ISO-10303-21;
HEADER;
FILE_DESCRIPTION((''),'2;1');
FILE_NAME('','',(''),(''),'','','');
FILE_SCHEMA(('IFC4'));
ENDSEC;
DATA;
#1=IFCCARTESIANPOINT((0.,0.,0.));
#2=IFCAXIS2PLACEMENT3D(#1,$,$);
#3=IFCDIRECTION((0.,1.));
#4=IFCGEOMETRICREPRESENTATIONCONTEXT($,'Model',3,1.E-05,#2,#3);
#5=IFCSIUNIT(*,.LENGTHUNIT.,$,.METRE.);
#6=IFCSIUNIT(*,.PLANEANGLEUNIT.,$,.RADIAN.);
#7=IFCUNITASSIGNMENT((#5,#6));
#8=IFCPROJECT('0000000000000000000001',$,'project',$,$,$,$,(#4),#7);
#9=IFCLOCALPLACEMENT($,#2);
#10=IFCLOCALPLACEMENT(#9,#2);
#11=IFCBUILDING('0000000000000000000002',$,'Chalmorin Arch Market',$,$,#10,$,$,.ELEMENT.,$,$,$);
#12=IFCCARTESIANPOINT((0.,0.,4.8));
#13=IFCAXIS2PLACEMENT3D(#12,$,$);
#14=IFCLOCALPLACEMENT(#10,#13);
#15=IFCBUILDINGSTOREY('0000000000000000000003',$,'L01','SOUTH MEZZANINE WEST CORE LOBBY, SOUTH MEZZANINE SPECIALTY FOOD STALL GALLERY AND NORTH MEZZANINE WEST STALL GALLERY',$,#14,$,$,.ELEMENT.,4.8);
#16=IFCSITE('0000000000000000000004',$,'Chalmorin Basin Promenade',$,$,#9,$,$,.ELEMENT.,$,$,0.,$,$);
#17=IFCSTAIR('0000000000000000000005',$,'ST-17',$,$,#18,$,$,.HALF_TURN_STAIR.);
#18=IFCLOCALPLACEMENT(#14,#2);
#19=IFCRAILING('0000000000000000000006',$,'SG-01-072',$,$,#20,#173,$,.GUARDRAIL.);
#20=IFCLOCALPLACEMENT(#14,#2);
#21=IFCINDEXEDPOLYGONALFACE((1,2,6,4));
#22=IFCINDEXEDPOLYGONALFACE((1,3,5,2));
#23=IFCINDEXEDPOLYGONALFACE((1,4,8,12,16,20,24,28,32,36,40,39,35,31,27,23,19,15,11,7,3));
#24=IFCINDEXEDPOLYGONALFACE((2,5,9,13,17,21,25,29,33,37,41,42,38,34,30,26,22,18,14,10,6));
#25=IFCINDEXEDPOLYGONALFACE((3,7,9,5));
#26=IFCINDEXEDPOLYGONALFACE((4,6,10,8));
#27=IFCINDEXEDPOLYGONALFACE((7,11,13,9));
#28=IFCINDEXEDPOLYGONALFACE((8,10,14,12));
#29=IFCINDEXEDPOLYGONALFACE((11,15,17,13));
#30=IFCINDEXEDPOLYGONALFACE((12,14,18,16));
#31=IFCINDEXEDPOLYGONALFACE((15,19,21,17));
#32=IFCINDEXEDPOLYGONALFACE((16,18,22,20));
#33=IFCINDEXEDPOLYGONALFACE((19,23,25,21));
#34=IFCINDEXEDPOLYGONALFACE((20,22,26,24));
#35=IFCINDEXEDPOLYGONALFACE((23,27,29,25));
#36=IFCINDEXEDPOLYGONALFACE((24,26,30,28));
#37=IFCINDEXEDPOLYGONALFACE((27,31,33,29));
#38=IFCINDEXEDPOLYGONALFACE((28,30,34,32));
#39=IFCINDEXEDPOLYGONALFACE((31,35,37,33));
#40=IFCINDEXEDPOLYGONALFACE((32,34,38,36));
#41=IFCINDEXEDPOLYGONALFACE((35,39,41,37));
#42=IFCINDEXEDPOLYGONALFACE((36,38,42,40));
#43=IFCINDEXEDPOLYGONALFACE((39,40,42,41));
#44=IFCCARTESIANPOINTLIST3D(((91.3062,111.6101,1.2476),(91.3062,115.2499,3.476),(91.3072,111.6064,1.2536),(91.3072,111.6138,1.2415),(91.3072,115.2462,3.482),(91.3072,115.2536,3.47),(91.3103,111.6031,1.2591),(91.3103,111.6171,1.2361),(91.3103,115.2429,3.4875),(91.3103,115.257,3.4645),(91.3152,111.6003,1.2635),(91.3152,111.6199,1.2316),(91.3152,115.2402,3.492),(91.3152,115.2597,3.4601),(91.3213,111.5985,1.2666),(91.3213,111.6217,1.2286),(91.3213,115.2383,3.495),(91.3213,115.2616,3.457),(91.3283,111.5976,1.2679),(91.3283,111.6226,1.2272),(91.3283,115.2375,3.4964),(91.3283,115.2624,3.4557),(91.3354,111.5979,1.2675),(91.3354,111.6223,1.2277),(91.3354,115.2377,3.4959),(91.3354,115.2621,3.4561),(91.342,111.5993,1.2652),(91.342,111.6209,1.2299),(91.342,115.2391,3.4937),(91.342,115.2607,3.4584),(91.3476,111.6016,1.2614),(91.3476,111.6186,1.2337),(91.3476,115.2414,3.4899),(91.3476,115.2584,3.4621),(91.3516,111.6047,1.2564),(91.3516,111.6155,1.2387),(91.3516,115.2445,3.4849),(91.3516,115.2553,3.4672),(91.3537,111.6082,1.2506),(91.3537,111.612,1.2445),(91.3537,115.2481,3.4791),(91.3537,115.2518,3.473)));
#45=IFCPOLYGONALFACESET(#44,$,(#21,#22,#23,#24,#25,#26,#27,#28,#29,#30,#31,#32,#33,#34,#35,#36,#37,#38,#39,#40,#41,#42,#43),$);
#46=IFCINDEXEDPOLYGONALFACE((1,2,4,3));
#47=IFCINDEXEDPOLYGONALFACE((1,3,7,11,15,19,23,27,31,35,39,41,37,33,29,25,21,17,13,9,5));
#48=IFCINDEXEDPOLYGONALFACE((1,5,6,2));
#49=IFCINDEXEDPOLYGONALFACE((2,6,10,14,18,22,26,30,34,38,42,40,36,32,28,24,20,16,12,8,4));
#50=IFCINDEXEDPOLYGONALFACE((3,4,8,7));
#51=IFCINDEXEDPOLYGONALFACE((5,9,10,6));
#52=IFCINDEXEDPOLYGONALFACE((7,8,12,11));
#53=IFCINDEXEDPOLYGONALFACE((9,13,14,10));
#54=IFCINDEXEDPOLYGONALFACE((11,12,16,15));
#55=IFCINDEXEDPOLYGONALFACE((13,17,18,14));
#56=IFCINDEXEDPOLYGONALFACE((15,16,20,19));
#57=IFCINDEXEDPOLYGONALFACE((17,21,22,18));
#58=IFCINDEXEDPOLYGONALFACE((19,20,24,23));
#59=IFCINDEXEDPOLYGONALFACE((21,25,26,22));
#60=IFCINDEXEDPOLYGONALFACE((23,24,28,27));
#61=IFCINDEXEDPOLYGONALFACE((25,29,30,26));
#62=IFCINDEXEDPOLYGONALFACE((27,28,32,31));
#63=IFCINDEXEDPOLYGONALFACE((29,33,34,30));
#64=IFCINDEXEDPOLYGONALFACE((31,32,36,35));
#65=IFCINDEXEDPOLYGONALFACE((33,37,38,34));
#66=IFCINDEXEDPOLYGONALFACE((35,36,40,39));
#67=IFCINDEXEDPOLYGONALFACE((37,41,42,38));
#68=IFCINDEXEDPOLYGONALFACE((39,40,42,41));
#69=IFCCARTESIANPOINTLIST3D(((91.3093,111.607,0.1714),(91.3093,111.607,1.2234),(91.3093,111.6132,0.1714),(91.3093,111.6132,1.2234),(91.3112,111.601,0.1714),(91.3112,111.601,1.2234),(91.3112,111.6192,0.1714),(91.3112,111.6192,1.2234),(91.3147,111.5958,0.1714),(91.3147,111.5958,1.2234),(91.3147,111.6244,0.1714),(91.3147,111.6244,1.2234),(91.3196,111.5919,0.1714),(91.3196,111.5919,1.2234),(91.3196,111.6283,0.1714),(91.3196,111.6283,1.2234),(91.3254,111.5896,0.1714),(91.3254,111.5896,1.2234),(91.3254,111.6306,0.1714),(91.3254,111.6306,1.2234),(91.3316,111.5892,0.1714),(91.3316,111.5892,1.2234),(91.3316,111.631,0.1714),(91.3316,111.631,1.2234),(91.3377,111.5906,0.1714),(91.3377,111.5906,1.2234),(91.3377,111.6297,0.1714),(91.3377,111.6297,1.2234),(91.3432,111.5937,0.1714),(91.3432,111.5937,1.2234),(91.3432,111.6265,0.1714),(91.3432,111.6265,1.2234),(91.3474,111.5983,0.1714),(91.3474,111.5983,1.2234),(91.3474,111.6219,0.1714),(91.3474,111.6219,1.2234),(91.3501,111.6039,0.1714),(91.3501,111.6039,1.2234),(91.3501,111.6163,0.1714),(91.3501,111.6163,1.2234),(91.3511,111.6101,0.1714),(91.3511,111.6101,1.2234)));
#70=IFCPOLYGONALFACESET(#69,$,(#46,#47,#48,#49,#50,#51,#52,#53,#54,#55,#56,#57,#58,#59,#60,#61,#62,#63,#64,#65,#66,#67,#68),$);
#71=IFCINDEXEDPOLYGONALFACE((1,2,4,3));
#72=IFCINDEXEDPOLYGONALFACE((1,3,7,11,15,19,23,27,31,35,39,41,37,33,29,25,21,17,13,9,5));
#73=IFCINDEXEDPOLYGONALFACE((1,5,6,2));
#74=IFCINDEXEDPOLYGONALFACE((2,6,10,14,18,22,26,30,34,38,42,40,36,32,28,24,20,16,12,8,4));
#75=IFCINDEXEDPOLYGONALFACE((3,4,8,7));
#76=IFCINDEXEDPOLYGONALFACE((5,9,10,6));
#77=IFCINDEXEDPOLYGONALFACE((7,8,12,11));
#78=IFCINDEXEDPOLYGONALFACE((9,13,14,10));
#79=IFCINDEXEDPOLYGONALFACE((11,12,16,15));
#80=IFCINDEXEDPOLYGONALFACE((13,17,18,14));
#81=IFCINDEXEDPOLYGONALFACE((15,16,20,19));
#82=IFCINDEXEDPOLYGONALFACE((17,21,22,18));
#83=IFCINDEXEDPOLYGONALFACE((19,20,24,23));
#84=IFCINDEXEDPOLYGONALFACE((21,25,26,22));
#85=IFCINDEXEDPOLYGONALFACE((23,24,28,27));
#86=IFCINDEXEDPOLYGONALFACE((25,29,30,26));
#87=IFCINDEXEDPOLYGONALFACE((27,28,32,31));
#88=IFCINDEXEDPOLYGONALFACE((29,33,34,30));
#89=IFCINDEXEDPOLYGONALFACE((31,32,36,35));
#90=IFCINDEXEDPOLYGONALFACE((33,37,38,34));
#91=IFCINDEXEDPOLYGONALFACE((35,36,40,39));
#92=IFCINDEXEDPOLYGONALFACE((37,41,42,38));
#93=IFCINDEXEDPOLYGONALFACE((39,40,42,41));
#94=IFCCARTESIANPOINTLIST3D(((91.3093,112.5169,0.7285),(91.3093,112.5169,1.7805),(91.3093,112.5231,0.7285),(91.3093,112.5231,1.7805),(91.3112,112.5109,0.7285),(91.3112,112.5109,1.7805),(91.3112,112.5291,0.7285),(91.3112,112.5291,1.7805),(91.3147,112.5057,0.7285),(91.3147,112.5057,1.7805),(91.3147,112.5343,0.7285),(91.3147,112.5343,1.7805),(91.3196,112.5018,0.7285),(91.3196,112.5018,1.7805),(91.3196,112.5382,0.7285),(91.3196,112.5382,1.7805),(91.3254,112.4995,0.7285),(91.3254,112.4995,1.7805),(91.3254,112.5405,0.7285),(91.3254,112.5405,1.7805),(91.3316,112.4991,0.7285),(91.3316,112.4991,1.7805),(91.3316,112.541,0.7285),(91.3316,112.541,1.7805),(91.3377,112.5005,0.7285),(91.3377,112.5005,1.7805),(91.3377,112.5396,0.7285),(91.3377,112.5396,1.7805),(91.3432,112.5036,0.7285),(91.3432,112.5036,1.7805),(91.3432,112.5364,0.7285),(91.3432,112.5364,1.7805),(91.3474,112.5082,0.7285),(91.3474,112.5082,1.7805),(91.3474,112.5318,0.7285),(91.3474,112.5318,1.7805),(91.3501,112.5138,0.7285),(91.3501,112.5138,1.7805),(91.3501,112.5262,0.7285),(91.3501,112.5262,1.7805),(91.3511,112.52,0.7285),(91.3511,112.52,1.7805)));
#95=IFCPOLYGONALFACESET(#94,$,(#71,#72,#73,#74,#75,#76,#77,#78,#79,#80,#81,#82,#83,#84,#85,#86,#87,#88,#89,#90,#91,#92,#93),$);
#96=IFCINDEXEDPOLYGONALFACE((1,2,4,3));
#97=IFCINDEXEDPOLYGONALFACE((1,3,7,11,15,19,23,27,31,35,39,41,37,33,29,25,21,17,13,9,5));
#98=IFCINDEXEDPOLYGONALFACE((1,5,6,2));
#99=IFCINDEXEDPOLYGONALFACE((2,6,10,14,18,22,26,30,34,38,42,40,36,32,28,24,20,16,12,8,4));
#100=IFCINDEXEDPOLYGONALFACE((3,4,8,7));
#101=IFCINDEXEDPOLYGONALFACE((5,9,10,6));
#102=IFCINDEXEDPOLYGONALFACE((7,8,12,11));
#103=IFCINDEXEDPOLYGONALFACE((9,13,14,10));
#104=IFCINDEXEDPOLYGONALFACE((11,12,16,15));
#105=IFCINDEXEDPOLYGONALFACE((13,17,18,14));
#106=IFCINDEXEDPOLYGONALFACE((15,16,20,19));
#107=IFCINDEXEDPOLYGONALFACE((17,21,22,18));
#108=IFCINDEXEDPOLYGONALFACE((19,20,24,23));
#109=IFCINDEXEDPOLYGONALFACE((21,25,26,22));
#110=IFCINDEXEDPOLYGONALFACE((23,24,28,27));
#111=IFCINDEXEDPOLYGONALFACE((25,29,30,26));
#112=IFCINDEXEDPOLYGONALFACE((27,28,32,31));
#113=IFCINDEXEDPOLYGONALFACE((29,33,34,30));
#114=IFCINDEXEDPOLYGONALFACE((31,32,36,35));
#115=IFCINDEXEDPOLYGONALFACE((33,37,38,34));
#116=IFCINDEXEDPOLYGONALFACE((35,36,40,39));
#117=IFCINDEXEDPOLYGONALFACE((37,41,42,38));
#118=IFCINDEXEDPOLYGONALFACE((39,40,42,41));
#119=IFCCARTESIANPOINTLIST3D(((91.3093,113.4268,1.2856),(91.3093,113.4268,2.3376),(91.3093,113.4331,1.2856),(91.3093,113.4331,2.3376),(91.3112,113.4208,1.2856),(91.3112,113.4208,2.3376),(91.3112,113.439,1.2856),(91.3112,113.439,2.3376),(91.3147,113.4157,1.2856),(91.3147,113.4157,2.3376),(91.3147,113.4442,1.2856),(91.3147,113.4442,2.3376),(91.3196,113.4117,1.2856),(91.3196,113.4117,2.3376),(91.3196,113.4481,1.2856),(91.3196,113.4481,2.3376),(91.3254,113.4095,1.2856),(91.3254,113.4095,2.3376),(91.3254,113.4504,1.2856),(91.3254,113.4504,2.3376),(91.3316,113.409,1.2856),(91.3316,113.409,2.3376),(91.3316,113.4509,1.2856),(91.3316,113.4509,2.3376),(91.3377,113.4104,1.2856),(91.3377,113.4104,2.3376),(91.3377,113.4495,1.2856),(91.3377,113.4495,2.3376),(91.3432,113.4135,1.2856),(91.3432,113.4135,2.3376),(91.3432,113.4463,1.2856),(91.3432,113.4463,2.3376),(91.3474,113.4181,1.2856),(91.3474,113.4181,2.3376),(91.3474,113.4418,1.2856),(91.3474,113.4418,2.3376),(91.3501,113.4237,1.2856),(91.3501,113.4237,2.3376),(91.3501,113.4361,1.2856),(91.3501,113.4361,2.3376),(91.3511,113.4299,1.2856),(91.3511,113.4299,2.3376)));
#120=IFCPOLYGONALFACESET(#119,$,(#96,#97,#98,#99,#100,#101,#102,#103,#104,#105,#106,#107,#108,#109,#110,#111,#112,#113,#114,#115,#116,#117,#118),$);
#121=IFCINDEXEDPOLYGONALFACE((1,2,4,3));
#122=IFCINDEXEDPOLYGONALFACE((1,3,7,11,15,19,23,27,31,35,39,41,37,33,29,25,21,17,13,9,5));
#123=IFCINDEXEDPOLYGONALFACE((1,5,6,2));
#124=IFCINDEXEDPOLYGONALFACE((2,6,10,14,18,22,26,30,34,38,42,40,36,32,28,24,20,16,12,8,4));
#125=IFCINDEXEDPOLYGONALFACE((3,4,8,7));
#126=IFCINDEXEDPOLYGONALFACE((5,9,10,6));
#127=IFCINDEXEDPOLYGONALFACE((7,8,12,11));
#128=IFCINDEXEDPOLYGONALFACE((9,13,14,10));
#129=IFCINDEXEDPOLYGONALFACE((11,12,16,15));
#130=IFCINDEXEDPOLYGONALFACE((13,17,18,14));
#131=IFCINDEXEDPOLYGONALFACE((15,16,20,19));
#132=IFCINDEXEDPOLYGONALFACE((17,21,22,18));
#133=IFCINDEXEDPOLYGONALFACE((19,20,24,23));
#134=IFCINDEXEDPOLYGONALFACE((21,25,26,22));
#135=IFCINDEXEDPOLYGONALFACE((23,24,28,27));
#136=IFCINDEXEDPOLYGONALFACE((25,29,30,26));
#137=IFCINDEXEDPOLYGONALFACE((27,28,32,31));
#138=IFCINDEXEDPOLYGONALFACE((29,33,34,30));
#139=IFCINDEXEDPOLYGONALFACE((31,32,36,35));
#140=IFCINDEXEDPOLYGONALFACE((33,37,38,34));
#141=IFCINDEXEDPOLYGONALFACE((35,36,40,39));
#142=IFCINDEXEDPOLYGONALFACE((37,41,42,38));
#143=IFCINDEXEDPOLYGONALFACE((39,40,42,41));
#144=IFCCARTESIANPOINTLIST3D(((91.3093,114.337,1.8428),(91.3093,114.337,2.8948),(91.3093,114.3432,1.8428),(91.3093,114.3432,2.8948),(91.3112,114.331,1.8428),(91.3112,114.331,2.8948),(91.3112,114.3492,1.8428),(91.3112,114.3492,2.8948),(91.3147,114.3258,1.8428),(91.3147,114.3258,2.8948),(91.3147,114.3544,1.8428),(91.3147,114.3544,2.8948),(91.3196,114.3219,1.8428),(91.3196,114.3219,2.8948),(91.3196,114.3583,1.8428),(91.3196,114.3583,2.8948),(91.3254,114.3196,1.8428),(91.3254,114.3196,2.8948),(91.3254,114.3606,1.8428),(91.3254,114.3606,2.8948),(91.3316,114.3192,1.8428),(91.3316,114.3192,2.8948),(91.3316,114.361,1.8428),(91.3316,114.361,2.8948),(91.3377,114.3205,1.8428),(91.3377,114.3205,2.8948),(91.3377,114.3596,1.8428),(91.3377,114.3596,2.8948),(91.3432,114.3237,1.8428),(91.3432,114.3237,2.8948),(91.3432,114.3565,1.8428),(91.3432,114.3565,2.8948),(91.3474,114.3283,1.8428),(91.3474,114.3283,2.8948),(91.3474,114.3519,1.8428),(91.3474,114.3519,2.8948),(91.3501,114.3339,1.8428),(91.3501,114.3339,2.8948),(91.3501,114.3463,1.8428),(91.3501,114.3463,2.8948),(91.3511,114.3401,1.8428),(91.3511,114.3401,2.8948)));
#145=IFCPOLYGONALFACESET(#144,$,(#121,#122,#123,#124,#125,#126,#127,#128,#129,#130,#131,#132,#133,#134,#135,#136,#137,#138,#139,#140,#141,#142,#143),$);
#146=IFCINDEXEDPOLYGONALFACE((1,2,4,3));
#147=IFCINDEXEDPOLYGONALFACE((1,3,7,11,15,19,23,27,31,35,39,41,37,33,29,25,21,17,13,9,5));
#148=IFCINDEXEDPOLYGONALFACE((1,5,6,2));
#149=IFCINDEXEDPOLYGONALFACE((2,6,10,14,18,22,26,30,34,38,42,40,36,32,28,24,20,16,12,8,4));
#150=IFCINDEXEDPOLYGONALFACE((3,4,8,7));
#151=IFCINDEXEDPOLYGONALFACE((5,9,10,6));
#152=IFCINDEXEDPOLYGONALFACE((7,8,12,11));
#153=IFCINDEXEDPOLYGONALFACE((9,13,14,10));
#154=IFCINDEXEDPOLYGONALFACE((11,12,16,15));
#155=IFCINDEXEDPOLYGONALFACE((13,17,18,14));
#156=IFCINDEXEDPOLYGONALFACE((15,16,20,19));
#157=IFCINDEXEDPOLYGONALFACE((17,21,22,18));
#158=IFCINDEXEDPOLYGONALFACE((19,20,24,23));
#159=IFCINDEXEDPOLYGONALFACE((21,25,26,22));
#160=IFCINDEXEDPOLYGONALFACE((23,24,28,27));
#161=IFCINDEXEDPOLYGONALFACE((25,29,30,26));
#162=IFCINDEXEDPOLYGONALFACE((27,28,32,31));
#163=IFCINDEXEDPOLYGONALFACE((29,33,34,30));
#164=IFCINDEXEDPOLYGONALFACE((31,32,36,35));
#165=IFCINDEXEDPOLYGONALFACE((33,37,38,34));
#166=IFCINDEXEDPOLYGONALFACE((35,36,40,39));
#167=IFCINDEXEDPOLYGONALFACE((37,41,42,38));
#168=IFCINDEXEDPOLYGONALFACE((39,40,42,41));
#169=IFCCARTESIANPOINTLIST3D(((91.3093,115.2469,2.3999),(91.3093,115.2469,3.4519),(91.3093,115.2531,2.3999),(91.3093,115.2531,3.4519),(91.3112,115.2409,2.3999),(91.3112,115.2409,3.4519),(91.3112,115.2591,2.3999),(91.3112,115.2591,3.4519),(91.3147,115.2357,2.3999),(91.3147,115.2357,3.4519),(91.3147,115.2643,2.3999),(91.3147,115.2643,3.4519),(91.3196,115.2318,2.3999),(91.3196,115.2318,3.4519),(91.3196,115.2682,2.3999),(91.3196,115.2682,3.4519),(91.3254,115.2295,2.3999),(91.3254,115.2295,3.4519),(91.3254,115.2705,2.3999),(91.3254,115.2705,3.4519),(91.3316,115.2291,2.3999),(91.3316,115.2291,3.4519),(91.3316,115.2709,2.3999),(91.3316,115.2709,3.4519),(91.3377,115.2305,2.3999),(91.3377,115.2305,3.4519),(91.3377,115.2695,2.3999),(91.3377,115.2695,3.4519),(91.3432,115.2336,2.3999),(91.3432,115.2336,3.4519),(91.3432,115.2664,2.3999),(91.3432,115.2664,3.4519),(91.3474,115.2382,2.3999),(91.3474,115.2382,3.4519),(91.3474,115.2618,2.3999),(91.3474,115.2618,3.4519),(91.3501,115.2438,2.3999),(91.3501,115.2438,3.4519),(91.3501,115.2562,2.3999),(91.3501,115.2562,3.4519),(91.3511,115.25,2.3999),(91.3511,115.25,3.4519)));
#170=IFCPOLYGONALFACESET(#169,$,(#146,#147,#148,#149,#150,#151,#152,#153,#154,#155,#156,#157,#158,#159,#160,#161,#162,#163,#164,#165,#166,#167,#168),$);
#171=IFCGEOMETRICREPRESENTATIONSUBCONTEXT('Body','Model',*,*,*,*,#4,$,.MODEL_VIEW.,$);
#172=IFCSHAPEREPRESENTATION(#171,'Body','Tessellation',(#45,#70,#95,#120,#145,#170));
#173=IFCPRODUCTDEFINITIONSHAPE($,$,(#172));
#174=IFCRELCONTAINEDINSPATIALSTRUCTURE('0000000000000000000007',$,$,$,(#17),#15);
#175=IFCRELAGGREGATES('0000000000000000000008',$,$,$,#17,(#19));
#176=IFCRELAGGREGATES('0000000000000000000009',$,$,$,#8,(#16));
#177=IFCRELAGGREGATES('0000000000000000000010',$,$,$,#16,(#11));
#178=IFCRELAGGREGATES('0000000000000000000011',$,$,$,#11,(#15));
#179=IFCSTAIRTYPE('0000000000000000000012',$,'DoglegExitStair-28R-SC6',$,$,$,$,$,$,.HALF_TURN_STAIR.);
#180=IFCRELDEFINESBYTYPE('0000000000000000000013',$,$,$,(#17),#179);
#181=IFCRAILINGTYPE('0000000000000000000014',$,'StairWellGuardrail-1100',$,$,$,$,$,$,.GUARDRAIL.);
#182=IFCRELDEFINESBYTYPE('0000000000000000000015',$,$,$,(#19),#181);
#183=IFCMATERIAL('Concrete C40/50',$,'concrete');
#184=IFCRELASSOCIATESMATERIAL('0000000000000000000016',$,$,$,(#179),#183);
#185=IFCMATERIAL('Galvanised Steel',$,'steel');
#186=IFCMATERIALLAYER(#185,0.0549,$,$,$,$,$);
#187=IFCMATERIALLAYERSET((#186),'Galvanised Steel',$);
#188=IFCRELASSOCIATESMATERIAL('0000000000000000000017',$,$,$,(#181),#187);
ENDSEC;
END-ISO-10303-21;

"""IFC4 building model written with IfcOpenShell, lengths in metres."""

from ifc_helpers import new_model, si_unit, direction, frame, origin, origin_2d, place, context, subcontext, project, spatial, circle, extrude, material, layer, layer_set, type_object, element, aggregate, save


model = new_model("IFC4")

# Units and contexts
model_context = context("Model", 3, precision=1e-05, world=origin(), true_north=direction((0.0, 1.0)))
body_context = subcontext(model_context, "Body", "Model", "MODEL_VIEW")
ifc_project = project(units=[si_unit("LENGTHUNIT", "METRE"), si_unit("PLANEANGLEUNIT", "RADIAN")], contexts=[model_context])

# Site, building, storey
site_placement = place(None, origin())
site = spatial("IfcSite", under=ifc_project, at=site_placement, Name="Chalmorin Basin Promenade", CompositionType="ELEMENT", RefElevation=0.0)
building_placement = place(site_placement, origin())
building = spatial("IfcBuilding", under=site, at=building_placement, Name="Chalmorin Arch Market", CompositionType="ELEMENT")
storey_placement = place(building_placement, frame((0.0, 0.0, 4.8)))
storey = spatial("IfcBuildingStorey", under=building, at=storey_placement, Name="L01", Description="SOUTH MEZZANINE WEST CORE LOBBY, SOUTH MEZZANINE SPECIALTY FOOD STALL GALLERY AND NORTH MEZZANINE WEST STALL GALLERY", CompositionType="ELEMENT", Elevation=4.8)

# Shared definitions
ifc_material_1 = material(Name="Concrete C40/50", Category="concrete")

# Shared definitions
ifc_material_2 = material(Name="Galvanised Steel", Category="steel")

# Stair, railing
stair_type = type_object("IfcStairType", Name="DoglegExitStair-28R-SC6", PredefinedType="HALF_TURN_STAIR", material=ifc_material_1)
stair_placement = place(storey_placement, origin())
stair = element("IfcStair", 1, at=stair_placement, inside=storey, type_object=stair_type, Name="ST-17", PredefinedType="HALF_TURN_STAIR")
ifc_layer_1 = layer(ifc_material_2, 0.0549)
ifc_layer_set_1 = layer_set([ifc_layer_1], Name="Galvanised Steel")
railing_type_1 = type_object("IfcRailingType", Name="StairWellGuardrail-1100", PredefinedType="GUARDRAIL", material=ifc_layer_set_1)
railing_1_placement = place(storey_placement, frame((91.3301, 111.6101, 0.1714)))
railing_1 = element("IfcRailing", 2, at=railing_1_placement, type_object=railing_type_1, Name="SG-01-072", PredefinedType="GUARDRAIL", context=body_context, shape_type="SweptSolid", body=[
    extrude(circle(Radius=0.0239, at=origin_2d()), frame((0.0, 0.0, 1.0762), z_axis=(0.0, 0.85285, 0.522156), x_axis=(-1.0, 0.0, 0.0)), (0.0, 0.0, 1.0), 4.2678),
    extrude(circle(Radius=0.021, at=origin_2d()), origin(), (0.0, 0.0, 1.0), 1.052),
    extrude(circle(Radius=0.021, at=origin_2d()), frame((0.0, 0.9099, 0.5571)), (0.0, 0.0, 1.0), 1.052),
    extrude(circle(Radius=0.021, at=origin_2d()), frame((0.0, 1.8198, 1.1143)), (0.0, 0.0, 1.0), 1.052),
    extrude(circle(Radius=0.021, at=origin_2d()), frame((0.0, 2.73, 1.6714)), (0.0, 0.0, 1.0), 1.052),
    extrude(circle(Radius=0.021, at=origin_2d()), frame((0.0, 3.6399, 2.2285)), (0.0, 0.0, 1.0), 1.052),
])
aggregate(stair, [railing_1])

save(model, "model.ifc")
